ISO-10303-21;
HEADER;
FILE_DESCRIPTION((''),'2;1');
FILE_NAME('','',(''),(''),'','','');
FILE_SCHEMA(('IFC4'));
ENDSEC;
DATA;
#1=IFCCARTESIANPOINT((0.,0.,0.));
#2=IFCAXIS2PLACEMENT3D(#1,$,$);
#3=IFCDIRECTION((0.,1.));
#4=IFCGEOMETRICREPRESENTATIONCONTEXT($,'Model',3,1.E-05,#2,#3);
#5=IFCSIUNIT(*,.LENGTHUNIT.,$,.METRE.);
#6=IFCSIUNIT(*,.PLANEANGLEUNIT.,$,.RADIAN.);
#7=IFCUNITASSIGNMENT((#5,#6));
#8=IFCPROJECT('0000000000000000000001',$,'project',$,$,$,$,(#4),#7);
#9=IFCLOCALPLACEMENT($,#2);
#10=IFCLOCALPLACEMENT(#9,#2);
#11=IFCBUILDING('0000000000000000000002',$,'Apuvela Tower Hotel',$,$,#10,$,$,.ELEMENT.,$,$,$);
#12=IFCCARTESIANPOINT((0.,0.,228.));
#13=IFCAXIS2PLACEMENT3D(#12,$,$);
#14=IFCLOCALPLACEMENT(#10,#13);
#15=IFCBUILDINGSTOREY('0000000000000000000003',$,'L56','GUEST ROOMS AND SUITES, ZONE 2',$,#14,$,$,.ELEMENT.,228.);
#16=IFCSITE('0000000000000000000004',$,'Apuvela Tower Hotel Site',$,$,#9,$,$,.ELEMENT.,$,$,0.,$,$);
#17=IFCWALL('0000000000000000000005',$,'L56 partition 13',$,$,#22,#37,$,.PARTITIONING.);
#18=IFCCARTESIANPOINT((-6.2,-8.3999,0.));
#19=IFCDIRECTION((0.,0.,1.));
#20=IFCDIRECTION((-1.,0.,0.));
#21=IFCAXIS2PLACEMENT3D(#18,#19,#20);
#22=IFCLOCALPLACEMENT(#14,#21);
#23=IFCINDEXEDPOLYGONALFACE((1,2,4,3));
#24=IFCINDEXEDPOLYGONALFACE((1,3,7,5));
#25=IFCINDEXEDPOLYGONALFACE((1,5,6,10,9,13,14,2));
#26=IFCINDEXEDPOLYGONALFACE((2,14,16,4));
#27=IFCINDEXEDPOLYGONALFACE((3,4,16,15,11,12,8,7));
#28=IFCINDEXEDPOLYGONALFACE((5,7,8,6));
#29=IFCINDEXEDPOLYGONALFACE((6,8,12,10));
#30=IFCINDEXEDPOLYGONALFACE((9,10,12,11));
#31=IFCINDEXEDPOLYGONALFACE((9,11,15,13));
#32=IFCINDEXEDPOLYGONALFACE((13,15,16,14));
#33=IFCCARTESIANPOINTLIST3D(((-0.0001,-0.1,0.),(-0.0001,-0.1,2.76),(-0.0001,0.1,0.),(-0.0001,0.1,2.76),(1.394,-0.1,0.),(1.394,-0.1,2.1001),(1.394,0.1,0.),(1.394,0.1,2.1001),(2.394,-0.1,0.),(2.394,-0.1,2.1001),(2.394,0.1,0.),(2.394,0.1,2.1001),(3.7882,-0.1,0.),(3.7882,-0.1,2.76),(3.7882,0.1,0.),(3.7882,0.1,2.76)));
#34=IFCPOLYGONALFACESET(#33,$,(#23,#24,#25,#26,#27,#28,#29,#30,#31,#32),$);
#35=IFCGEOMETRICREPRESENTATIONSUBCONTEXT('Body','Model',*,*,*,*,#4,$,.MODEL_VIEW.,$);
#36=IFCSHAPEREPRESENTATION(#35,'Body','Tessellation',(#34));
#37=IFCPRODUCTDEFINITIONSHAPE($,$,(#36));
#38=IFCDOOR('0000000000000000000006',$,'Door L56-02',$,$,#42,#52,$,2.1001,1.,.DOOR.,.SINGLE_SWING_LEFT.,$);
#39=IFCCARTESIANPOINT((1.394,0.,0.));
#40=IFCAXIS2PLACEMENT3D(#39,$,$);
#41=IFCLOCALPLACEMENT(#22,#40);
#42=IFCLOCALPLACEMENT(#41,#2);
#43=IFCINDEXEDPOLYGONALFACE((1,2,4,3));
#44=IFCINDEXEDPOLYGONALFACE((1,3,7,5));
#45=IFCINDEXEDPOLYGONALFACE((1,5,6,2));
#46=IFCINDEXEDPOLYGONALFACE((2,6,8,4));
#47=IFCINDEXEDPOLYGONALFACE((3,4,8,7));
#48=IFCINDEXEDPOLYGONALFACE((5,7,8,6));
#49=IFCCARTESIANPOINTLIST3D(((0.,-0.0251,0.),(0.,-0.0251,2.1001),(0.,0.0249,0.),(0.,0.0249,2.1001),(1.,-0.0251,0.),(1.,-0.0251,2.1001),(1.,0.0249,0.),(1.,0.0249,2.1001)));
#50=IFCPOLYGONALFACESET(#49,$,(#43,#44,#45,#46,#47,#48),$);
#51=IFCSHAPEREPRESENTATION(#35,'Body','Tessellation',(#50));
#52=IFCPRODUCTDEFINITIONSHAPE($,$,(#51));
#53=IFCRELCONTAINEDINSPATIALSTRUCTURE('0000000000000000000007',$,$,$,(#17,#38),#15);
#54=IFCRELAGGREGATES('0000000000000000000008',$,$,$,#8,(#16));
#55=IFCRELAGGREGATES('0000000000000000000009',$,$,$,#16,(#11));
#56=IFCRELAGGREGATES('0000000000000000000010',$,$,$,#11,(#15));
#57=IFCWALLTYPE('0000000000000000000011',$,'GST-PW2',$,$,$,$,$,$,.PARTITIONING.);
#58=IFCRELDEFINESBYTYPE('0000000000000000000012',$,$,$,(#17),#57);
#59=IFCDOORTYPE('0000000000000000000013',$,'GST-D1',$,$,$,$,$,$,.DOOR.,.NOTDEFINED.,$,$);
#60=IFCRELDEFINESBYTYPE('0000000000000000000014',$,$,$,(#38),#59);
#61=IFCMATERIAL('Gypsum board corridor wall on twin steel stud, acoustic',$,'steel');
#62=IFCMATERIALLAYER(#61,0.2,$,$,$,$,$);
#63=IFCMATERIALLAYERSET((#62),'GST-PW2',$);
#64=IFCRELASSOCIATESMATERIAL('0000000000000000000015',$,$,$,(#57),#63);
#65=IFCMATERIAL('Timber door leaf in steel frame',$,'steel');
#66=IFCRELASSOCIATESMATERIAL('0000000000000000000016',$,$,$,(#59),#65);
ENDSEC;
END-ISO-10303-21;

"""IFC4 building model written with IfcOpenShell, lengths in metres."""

from ifc_helpers import new_model, si_unit, direction, frame, frame_2d, origin, place, context, subcontext, project, spatial, rectangle, extrude, material, layer, layer_set, type_object, element, fill, save


model = new_model("IFC4")

# Units and contexts
model_context = context("Model", 3, precision=1e-05, world=origin(), true_north=direction((0.0, 1.0)))
body_context = subcontext(model_context, "Body", "Model", "MODEL_VIEW")
ifc_project = project(units=[si_unit("LENGTHUNIT", "METRE"), si_unit("PLANEANGLEUNIT", "RADIAN")], contexts=[model_context])

# Site, building, storey
site_placement = place(None, origin())
site = spatial("IfcSite", under=ifc_project, at=site_placement, Name="Apuvela Tower Hotel Site", CompositionType="ELEMENT", RefElevation=0.0)
building_placement = place(site_placement, origin())
building = spatial("IfcBuilding", under=site, at=building_placement, Name="Apuvela Tower Hotel", CompositionType="ELEMENT")
storey_placement = place(building_placement, frame((0.0, 0.0, 228.0)))
storey = spatial("IfcBuildingStorey", under=building, at=storey_placement, Name="L56", Description="GUEST ROOMS AND SUITES, ZONE 2", CompositionType="ELEMENT", Elevation=228.0)

# Wall, opening, door
ifc_material_1 = material(Name="Gypsum board corridor wall on twin steel stud, acoustic", Category="steel")
ifc_layer_1 = layer(ifc_material_1, 0.2)
ifc_layer_set_1 = layer_set([ifc_layer_1], Name="GST-PW2")
wall_type_1 = type_object("IfcWallType", Name="GST-PW2", PredefinedType="PARTITIONING", material=ifc_layer_set_1)
wall_1_placement = place(storey_placement, frame((-6.2, -8.3999, 0.0), z_axis=(0.0, 0.0, 1.0), x_axis=(-1.0, 0.0, 0.0)))
wall_1 = element("IfcWall", 1, at=wall_1_placement, inside=storey, type_object=wall_type_1, Name="L56 partition 13", PredefinedType="PARTITIONING", context=body_context, shape_type="SweptSolid", body=[
    extrude(rectangle(XDim=3.7883, YDim=0.2, at=frame_2d((1.894, 0.0))), origin(), (0.0, 0.0, 1.0), 2.76),
])
opening_1_placement = place(wall_1_placement, frame((1.394, 0.0, 0.0)))
opening_1 = element("IfcOpeningElement", 2, at=opening_1_placement, cuts=wall_1, PredefinedType="OPENING", context=body_context, shape_type="SweptSolid", body=[
    extrude(rectangle(XDim=1.0, YDim=2.1001, at=frame_2d((0.5, 1.05))), frame((0.0, 0.1099, 0.0), z_axis=(0.0, -1.0, 0.0), x_axis=(1.0, 0.0, 0.0)), (0.0, 0.0, 1.0), 0.22),
])
ifc_material_2 = material(Name="Timber door leaf in steel frame", Category="steel")
door_type_1 = type_object("IfcDoorType", Name="GST-D1", OperationType="NOTDEFINED", PredefinedType="DOOR", material=ifc_material_2)
door_1_placement = place(opening_1_placement, origin())
door_1 = element("IfcDoor", 3, at=door_1_placement, inside=storey, type_object=door_type_1, Name="Door L56-02", OperationType="SINGLE_SWING_LEFT", OverallHeight=2.1001, OverallWidth=1.0, PredefinedType="DOOR", context=body_context, shape_type="SweptSolid", body=[
    extrude(rectangle(XDim=1.0, YDim=2.1001, at=frame_2d((0.5, 1.05))), frame((0.0, 0.0249, 0.0), z_axis=(0.0, -1.0, 0.0), x_axis=(1.0, 0.0, 0.0)), (0.0, 0.0, 1.0), 0.05),
])
fill(opening_1, door_1)

save(model, "model.ifc")
